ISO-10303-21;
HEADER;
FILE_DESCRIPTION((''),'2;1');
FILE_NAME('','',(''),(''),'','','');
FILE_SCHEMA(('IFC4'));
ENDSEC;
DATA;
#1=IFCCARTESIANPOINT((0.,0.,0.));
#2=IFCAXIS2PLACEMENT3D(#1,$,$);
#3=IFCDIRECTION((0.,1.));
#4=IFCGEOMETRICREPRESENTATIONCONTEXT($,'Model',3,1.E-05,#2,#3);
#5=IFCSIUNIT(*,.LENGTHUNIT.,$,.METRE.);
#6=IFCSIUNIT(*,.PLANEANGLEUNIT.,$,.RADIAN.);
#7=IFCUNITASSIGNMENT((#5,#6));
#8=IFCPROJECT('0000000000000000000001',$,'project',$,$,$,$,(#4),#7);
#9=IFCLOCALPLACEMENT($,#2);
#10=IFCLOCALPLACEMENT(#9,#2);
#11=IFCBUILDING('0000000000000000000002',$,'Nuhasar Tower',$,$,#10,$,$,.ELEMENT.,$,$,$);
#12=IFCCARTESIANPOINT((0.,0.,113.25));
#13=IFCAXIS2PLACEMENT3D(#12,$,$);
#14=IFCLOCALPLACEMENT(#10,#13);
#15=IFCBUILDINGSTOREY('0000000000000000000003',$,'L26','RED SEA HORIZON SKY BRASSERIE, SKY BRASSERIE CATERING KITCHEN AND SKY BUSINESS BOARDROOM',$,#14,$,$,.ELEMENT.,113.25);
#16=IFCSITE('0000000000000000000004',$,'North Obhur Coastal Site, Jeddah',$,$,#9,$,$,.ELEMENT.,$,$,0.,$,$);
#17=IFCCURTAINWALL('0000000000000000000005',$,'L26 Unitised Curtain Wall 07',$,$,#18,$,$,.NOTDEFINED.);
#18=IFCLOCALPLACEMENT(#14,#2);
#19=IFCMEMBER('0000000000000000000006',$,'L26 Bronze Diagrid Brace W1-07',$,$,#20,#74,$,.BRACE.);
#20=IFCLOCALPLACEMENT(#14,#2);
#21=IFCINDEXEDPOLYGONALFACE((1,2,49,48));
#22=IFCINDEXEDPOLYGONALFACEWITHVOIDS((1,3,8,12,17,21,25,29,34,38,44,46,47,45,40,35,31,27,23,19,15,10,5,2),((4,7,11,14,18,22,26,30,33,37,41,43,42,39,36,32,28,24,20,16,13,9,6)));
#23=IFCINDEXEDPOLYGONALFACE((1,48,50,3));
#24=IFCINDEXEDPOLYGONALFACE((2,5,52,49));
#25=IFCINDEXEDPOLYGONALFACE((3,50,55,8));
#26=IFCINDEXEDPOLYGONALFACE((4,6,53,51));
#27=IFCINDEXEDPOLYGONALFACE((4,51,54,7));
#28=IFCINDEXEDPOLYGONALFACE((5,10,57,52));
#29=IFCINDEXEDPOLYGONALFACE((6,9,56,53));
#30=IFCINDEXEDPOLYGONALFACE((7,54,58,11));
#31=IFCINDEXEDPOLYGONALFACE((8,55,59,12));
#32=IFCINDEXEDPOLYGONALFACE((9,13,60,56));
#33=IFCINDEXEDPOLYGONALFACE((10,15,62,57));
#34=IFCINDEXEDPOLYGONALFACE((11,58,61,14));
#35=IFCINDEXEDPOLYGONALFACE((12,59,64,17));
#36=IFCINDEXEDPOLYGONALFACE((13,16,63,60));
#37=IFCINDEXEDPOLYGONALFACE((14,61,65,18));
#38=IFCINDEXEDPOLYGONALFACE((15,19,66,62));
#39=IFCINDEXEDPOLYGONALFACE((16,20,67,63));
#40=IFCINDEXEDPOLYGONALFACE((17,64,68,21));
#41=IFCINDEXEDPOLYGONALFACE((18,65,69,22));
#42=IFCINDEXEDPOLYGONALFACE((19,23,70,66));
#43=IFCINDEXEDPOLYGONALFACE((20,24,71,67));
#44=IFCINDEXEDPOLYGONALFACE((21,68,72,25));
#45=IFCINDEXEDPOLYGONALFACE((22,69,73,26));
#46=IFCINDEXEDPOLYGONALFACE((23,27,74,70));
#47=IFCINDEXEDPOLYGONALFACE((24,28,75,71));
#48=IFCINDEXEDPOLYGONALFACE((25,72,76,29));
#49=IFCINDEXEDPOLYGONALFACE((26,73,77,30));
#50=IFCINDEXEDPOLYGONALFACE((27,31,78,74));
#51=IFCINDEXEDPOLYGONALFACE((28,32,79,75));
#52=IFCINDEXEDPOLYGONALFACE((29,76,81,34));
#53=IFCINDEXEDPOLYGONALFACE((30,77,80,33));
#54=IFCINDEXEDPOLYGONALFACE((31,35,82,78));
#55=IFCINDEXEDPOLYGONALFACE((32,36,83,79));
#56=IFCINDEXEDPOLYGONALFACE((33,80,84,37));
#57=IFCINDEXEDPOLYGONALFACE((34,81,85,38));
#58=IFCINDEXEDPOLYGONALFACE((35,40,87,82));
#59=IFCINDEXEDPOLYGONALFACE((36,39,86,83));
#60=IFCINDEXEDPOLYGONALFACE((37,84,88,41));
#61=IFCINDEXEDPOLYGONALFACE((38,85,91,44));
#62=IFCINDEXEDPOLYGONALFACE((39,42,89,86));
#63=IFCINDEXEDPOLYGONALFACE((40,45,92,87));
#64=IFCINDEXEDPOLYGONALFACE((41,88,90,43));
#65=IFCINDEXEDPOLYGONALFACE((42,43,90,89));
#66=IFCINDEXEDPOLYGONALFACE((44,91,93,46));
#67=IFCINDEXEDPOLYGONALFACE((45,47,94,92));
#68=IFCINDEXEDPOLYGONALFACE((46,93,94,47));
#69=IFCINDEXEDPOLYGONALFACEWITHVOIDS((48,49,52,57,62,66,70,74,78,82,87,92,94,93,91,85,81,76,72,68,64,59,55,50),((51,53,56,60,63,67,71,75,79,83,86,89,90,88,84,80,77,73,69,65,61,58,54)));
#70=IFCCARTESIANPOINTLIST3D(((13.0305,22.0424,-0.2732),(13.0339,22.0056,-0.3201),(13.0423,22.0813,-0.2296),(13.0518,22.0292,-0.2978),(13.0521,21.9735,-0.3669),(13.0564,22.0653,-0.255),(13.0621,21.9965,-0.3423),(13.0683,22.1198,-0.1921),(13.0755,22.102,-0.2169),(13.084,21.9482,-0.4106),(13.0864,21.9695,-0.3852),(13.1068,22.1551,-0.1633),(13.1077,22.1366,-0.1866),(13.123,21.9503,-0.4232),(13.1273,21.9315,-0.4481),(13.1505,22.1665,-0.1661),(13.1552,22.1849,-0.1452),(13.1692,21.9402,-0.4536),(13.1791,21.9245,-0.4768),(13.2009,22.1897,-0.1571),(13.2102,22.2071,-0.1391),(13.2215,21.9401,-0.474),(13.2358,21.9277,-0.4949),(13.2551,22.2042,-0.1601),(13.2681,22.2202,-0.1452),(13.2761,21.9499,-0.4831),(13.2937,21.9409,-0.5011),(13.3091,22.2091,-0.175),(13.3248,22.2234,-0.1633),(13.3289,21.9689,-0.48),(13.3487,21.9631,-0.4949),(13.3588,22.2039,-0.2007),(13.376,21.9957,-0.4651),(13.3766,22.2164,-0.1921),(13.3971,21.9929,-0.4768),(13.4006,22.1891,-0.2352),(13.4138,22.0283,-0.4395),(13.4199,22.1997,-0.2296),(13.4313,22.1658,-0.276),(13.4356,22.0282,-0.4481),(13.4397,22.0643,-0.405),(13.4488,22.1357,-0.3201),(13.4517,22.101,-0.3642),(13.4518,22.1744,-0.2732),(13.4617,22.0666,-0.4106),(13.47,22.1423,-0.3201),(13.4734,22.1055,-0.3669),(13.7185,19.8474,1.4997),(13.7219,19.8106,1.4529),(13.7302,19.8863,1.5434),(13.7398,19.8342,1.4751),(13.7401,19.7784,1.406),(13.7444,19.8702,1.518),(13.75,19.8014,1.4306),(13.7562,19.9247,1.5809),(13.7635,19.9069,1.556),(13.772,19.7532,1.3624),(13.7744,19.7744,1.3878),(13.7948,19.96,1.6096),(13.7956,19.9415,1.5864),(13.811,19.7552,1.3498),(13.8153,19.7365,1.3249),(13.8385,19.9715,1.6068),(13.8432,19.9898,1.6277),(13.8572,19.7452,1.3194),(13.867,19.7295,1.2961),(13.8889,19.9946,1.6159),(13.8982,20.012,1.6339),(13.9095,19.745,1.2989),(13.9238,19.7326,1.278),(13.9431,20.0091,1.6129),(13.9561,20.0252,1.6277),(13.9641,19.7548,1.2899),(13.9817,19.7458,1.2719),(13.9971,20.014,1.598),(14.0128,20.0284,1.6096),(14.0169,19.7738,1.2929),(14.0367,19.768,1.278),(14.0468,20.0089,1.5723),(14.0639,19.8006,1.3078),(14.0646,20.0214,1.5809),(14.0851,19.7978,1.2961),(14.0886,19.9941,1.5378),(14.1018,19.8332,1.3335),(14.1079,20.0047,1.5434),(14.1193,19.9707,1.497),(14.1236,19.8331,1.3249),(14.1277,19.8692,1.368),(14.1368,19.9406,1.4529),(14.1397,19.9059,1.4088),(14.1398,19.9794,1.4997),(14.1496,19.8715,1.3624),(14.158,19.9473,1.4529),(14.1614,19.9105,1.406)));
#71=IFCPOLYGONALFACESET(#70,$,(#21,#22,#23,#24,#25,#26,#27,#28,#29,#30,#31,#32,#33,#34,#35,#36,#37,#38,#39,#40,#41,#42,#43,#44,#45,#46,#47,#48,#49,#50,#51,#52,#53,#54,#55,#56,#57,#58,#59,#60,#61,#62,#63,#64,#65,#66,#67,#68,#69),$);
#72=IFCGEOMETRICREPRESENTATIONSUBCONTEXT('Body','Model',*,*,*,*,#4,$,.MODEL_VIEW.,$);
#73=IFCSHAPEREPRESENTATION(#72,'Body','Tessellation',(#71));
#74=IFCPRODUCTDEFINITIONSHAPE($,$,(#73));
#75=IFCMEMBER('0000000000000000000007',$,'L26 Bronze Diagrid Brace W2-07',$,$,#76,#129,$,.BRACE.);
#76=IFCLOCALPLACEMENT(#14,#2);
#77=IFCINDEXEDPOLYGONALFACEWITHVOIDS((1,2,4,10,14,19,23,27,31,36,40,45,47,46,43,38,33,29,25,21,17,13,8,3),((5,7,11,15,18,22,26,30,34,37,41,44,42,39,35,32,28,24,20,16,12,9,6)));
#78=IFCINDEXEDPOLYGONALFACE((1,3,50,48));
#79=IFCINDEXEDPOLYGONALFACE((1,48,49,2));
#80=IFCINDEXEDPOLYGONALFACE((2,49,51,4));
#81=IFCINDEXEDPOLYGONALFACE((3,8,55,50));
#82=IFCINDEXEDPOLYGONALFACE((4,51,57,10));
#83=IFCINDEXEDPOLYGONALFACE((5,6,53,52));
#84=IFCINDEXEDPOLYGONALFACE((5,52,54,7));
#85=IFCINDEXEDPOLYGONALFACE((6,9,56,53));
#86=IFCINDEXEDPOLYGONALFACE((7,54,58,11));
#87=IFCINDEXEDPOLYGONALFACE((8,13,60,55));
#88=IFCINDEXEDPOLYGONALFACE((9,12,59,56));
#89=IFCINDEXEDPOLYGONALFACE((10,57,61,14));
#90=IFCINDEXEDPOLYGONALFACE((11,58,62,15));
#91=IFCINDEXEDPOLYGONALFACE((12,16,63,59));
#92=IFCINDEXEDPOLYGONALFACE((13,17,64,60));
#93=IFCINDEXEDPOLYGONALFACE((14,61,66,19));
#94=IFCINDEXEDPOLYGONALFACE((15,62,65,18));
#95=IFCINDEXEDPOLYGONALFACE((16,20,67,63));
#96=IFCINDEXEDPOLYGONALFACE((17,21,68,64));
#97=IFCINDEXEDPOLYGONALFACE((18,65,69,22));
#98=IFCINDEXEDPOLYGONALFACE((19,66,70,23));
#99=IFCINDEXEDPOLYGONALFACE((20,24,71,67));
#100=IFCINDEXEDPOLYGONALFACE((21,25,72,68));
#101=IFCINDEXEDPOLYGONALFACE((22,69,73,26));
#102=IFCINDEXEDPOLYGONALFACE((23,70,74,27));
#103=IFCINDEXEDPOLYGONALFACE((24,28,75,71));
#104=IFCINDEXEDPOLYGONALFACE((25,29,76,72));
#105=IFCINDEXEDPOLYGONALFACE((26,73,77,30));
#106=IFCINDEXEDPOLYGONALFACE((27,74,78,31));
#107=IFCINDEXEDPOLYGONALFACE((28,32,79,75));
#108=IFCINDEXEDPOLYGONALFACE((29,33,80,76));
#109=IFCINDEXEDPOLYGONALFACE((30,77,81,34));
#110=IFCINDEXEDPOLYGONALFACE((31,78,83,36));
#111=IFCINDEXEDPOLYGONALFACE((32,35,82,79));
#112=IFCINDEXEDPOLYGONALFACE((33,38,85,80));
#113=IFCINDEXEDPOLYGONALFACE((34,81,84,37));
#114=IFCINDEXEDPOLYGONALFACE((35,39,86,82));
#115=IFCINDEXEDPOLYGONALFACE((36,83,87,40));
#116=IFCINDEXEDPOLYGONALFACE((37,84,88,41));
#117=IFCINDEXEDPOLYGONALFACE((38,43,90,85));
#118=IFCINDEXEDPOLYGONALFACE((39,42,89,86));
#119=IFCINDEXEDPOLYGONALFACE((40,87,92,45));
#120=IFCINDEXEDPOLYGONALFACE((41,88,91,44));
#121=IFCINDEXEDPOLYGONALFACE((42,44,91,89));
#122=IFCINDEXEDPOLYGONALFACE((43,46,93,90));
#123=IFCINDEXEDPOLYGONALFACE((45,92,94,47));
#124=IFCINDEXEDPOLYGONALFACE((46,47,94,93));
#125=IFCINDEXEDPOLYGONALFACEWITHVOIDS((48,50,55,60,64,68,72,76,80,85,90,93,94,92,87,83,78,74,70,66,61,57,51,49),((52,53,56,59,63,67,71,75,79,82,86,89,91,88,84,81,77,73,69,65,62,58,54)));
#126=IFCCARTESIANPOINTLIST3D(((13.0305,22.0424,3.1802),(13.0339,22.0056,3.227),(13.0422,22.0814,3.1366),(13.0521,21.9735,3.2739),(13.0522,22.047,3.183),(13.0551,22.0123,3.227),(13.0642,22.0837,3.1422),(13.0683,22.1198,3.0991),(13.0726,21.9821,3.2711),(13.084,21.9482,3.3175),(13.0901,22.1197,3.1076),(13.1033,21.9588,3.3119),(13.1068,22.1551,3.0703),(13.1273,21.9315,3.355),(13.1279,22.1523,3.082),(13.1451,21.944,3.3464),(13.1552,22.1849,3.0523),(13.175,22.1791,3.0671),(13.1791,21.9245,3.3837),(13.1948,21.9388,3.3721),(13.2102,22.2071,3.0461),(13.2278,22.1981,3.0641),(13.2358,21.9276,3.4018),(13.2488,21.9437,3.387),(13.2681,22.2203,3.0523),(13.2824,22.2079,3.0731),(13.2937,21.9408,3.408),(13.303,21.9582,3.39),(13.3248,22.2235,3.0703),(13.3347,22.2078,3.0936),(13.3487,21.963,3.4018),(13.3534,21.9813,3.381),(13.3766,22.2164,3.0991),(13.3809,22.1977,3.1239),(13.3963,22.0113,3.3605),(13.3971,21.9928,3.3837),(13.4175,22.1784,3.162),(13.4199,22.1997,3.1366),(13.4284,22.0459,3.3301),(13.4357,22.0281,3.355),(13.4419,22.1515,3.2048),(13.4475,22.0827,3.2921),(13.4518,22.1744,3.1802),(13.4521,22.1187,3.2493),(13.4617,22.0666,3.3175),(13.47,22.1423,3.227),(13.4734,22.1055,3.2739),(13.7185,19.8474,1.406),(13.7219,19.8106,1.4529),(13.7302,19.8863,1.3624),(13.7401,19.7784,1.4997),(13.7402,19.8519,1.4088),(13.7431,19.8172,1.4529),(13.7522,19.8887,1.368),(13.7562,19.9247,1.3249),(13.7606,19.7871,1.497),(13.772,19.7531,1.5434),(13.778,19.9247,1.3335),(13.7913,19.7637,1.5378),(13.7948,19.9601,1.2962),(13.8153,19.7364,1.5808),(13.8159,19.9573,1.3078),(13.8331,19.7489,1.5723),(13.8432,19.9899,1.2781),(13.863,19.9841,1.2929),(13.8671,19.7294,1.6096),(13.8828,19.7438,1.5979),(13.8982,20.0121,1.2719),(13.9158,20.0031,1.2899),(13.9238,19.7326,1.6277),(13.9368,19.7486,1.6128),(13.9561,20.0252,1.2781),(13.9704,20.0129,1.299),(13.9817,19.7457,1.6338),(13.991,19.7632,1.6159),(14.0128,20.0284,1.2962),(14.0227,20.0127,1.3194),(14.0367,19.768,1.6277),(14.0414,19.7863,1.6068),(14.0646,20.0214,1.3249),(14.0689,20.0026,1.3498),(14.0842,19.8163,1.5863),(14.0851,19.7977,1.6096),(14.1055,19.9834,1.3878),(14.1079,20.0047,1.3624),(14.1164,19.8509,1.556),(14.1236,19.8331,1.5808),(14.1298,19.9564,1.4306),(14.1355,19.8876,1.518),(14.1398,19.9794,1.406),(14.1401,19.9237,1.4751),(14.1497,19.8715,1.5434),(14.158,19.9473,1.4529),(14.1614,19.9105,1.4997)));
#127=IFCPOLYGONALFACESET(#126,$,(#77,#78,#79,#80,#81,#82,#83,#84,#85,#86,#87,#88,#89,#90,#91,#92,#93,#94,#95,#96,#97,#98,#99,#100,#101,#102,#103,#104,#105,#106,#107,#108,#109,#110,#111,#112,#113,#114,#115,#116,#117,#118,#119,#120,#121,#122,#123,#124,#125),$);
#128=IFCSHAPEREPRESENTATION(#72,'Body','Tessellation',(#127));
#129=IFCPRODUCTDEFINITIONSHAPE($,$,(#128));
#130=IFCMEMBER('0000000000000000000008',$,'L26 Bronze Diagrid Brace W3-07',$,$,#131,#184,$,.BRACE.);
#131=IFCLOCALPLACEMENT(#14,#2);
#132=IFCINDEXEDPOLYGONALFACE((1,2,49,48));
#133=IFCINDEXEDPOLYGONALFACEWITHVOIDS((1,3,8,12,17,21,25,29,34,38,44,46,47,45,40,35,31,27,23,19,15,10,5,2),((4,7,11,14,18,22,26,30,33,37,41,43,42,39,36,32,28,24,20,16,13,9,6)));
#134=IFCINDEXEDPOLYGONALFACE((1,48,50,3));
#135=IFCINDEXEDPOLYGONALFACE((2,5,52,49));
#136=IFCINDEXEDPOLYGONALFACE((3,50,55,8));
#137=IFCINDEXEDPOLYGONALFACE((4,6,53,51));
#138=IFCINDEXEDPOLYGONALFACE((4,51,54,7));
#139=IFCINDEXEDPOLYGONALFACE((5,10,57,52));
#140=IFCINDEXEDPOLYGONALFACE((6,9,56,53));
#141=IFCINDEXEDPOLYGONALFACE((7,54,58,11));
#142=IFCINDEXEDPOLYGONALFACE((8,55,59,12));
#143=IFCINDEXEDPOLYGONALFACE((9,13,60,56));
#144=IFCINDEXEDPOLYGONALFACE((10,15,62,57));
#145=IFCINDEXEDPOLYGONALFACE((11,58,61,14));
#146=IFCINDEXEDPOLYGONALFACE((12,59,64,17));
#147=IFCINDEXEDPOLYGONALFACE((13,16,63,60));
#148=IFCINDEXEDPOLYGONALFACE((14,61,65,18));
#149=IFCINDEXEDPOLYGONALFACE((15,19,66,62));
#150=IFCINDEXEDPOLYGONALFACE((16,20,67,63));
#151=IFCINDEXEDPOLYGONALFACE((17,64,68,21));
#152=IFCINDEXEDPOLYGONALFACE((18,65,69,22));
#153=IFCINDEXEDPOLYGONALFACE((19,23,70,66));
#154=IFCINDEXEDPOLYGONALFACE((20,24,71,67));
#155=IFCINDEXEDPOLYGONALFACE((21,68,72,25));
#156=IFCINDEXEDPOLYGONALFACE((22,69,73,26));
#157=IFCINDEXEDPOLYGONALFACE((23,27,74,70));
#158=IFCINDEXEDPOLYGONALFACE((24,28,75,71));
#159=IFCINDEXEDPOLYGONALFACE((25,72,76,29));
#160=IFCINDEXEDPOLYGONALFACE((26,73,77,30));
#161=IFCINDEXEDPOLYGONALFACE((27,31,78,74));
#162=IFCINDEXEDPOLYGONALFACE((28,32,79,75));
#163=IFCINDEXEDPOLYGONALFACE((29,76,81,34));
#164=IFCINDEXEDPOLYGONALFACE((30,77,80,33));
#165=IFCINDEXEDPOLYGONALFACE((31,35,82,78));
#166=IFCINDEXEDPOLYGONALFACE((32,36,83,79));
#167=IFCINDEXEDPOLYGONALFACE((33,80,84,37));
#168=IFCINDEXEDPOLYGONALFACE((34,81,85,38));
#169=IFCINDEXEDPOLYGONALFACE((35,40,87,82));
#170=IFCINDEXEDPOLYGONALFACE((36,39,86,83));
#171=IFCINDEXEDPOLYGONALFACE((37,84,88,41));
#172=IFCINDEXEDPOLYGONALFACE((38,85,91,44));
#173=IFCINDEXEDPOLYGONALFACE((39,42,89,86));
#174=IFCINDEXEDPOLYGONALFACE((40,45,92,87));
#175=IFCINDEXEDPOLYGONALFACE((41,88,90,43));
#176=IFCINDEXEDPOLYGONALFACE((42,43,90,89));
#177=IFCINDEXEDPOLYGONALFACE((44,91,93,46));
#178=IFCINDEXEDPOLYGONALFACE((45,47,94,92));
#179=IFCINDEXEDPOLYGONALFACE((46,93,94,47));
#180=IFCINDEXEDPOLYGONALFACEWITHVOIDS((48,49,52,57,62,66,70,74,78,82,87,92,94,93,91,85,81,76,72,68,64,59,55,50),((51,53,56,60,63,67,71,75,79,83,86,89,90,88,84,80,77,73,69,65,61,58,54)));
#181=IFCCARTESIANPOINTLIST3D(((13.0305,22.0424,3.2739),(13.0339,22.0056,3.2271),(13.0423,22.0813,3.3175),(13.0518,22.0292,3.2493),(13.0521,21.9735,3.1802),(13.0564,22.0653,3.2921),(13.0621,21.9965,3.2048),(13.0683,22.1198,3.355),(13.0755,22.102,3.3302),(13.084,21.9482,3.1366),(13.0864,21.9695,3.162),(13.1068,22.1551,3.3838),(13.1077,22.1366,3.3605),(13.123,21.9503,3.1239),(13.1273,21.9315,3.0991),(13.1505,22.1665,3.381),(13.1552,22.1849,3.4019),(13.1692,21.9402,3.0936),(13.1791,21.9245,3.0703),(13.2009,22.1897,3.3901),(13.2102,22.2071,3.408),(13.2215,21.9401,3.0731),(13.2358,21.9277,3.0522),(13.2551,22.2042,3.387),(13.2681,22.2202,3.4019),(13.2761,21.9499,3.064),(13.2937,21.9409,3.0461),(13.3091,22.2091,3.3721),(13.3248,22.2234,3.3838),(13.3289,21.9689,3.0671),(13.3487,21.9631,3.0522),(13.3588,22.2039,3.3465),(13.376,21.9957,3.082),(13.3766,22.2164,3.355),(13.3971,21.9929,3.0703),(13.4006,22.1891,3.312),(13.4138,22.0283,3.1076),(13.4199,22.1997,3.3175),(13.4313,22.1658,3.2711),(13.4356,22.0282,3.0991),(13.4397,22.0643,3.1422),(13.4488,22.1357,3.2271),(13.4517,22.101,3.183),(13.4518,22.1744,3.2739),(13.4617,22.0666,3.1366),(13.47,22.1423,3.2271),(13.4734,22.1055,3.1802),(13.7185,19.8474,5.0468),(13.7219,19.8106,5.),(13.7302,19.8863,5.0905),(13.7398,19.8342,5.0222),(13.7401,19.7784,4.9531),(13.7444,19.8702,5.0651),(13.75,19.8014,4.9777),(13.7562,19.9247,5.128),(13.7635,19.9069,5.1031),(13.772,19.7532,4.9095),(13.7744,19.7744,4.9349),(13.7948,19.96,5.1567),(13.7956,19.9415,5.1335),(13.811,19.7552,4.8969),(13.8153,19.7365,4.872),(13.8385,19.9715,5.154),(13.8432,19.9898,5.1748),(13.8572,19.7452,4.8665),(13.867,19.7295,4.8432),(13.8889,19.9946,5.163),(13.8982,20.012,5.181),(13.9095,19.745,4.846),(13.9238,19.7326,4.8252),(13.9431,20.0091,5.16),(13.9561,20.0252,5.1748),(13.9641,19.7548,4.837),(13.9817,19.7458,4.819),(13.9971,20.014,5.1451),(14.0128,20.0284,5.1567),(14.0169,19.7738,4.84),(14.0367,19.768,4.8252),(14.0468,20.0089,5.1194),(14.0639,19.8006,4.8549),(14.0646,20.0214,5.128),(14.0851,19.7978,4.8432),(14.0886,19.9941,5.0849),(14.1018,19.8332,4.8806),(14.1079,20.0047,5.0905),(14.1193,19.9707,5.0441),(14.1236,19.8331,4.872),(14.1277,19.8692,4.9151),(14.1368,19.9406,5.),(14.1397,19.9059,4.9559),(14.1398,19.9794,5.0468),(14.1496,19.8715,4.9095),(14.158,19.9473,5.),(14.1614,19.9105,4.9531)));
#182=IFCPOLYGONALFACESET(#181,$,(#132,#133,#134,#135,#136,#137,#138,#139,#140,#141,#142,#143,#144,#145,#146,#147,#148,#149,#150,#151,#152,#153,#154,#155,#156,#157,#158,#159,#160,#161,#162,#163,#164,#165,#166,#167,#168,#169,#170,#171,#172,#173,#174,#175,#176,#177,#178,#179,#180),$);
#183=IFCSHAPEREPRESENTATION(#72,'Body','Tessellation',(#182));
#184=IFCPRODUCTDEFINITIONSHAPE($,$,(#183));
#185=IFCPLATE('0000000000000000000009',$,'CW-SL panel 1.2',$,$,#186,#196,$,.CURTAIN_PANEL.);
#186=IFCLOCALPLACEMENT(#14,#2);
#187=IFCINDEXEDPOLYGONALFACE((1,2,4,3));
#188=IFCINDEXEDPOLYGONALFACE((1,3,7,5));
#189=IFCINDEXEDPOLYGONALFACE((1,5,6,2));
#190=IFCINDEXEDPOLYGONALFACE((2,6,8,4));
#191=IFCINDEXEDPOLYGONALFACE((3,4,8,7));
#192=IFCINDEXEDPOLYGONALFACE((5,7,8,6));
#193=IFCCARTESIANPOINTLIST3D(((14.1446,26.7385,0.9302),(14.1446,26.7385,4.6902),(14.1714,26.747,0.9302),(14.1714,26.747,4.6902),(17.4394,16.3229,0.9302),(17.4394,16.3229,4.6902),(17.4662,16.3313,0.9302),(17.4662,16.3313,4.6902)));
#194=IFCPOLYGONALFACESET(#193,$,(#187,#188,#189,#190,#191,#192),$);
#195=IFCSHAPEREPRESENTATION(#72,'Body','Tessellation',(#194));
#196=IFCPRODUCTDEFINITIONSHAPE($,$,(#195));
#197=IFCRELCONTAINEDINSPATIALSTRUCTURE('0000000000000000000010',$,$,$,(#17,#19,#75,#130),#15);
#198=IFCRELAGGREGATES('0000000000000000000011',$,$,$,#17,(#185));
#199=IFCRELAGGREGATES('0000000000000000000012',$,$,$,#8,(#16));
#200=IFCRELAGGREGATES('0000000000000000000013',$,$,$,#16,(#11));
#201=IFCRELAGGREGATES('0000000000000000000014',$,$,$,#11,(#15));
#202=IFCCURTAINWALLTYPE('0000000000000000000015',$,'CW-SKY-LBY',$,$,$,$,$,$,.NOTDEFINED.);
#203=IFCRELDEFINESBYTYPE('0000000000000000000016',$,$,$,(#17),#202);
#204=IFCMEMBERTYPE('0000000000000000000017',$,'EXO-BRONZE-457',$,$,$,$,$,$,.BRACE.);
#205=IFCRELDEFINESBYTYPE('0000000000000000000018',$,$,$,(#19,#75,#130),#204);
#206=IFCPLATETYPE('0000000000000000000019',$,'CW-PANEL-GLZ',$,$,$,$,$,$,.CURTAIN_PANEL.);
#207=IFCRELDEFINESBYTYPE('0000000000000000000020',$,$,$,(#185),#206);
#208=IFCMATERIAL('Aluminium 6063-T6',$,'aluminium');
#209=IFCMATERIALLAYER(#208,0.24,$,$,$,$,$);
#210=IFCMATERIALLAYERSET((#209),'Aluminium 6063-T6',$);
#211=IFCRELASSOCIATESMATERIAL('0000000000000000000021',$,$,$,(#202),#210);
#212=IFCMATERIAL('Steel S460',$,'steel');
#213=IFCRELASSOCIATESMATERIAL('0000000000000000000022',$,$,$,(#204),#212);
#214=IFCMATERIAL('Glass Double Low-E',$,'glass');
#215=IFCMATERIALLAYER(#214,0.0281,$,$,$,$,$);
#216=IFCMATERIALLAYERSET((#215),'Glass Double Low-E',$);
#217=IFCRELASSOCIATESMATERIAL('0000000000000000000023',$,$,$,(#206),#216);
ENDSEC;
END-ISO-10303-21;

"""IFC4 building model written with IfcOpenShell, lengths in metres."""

from ifc_helpers import new_model, si_unit, direction, frame, origin, origin_2d, place, context, subcontext, project, spatial, rectangle, hollow_circle, extrude, material, layer, layer_set, material_profile, profile_set, type_object, element, aggregate, save


model = new_model("IFC4")

# Units and contexts
model_context = context("Model", 3, precision=1e-05, world=origin(), true_north=direction((0.0, 1.0)))
body_context = subcontext(model_context, "Body", "Model", "MODEL_VIEW")
ifc_project = project(units=[si_unit("LENGTHUNIT", "METRE"), si_unit("PLANEANGLEUNIT", "RADIAN")], contexts=[model_context])

# Site, building, storey
site_placement = place(None, origin())
site = spatial("IfcSite", under=ifc_project, at=site_placement, Name="North Obhur Coastal Site, Jeddah", CompositionType="ELEMENT", RefElevation=0.0)
building_placement = place(site_placement, origin())
building = spatial("IfcBuilding", under=site, at=building_placement, Name="Nuhasar Tower", CompositionType="ELEMENT")
storey_placement = place(building_placement, frame((0.0, 0.0, 113.25)))
storey = spatial("IfcBuildingStorey", under=building, at=storey_placement, Name="L26", Description="RED SEA HORIZON SKY BRASSERIE, SKY BRASSERIE CATERING KITCHEN AND SKY BUSINESS BOARDROOM", CompositionType="ELEMENT", Elevation=113.25)

# Shared definitions
ifc_material_1 = material(Name="Steel S460", Category="steel")

# Curtain wall
ifc_material_2 = material(Name="Aluminium 6063-T6", Category="aluminium")
ifc_layer_1 = layer(ifc_material_2, 0.24)
ifc_layer_set_1 = layer_set([ifc_layer_1], Name="Aluminium 6063-T6")
curtain_wall_type = type_object("IfcCurtainWallType", Name="CW-SKY-LBY", PredefinedType="NOTDEFINED", material=ifc_layer_set_1)
curtain_wall_1_placement = place(storey_placement, origin())
curtain_wall_1 = element("IfcCurtainWall", 1, at=curtain_wall_1_placement, inside=storey, type_object=curtain_wall_type, Name="L26 Unitised Curtain Wall 07", PredefinedType="NOTDEFINED")

# Members
ifc_material_profile_1 = material_profile(ifc_material_1, hollow_circle(Radius=0.2285, WallThickness=0.0222, at=origin_2d()), Name="HSS457X22.2")
ifc_profile_set_1 = profile_set([ifc_material_profile_1], Name="Steel S460")
member_type_1 = type_object("IfcMemberType", Name="EXO-BRONZE-457", PredefinedType="BRACE", material=ifc_profile_set_1)
member_1_placement = place(storey_placement, frame((13.252, 22.074, -0.3201), z_axis=(0.236885, -0.755798, 0.610455), x_axis=(0.954228, 0.299079, 0.0)))
element("IfcMember", 2, at=member_1_placement, inside=storey, type_object=member_type_1, Name="L26 Bronze Diagrid Brace W1-07", PredefinedType="BRACE", context=body_context, shape_type="SweptSolid", body=[
    extrude(hollow_circle(Radius=0.2285, WallThickness=0.0222, at=origin_2d()), origin(), (0.0, 0.0, 1.0), 2.9043),
])
member_2_placement = place(storey_placement, frame((13.9399, 19.8789, 1.4529), z_axis=(-0.236825, 0.755604, 0.610719), x_axis=(-0.954228, -0.299079, 0.0)))
element("IfcMember", 3, at=member_2_placement, inside=storey, type_object=member_type_1, Name="L26 Bronze Diagrid Brace W2-07", PredefinedType="BRACE", context=body_context, shape_type="SweptSolid", body=[
    extrude(hollow_circle(Radius=0.2285, WallThickness=0.0222, at=origin_2d()), origin(), (0.0, 0.0, 1.0), 2.905),
])
member_3_placement = place(storey_placement, frame((13.252, 22.074, 3.2271), z_axis=(0.236885, -0.755798, 0.610455), x_axis=(0.954228, 0.299079, 0.0)))
element("IfcMember", 4, at=member_3_placement, inside=storey, type_object=member_type_1, Name="L26 Bronze Diagrid Brace W3-07", PredefinedType="BRACE", context=body_context, shape_type="SweptSolid", body=[
    extrude(hollow_circle(Radius=0.2285, WallThickness=0.0222, at=origin_2d()), origin(), (0.0, 0.0, 1.0), 2.9043),
])

# Plate
ifc_material_3 = material(Name="Glass Double Low-E", Category="glass")
ifc_layer_2 = layer(ifc_material_3, 0.0281)
ifc_layer_set_2 = layer_set([ifc_layer_2], Name="Glass Double Low-E")
plate_type_1 = type_object("IfcPlateType", Name="CW-PANEL-GLZ", PredefinedType="CURTAIN_PANEL", material=ifc_layer_set_2)
plate_1_placement = place(storey_placement, frame((15.8054, 21.5349, 0.9302), z_axis=(0.0, 0.0, 1.0), x_axis=(0.301604, -0.953433, 0.0)))
plate_1 = element("IfcPlate", 5, at=plate_1_placement, type_object=plate_type_1, Name="CW-SL panel 1.2", PredefinedType="CURTAIN_PANEL", context=body_context, shape_type="SweptSolid", body=[
    extrude(rectangle(XDim=10.9243, YDim=0.0281, at=origin_2d()), origin(), (0.0, 0.0, 1.0), 3.76),
])
aggregate(curtain_wall_1, [plate_1])

save(model, "model.ifc")
